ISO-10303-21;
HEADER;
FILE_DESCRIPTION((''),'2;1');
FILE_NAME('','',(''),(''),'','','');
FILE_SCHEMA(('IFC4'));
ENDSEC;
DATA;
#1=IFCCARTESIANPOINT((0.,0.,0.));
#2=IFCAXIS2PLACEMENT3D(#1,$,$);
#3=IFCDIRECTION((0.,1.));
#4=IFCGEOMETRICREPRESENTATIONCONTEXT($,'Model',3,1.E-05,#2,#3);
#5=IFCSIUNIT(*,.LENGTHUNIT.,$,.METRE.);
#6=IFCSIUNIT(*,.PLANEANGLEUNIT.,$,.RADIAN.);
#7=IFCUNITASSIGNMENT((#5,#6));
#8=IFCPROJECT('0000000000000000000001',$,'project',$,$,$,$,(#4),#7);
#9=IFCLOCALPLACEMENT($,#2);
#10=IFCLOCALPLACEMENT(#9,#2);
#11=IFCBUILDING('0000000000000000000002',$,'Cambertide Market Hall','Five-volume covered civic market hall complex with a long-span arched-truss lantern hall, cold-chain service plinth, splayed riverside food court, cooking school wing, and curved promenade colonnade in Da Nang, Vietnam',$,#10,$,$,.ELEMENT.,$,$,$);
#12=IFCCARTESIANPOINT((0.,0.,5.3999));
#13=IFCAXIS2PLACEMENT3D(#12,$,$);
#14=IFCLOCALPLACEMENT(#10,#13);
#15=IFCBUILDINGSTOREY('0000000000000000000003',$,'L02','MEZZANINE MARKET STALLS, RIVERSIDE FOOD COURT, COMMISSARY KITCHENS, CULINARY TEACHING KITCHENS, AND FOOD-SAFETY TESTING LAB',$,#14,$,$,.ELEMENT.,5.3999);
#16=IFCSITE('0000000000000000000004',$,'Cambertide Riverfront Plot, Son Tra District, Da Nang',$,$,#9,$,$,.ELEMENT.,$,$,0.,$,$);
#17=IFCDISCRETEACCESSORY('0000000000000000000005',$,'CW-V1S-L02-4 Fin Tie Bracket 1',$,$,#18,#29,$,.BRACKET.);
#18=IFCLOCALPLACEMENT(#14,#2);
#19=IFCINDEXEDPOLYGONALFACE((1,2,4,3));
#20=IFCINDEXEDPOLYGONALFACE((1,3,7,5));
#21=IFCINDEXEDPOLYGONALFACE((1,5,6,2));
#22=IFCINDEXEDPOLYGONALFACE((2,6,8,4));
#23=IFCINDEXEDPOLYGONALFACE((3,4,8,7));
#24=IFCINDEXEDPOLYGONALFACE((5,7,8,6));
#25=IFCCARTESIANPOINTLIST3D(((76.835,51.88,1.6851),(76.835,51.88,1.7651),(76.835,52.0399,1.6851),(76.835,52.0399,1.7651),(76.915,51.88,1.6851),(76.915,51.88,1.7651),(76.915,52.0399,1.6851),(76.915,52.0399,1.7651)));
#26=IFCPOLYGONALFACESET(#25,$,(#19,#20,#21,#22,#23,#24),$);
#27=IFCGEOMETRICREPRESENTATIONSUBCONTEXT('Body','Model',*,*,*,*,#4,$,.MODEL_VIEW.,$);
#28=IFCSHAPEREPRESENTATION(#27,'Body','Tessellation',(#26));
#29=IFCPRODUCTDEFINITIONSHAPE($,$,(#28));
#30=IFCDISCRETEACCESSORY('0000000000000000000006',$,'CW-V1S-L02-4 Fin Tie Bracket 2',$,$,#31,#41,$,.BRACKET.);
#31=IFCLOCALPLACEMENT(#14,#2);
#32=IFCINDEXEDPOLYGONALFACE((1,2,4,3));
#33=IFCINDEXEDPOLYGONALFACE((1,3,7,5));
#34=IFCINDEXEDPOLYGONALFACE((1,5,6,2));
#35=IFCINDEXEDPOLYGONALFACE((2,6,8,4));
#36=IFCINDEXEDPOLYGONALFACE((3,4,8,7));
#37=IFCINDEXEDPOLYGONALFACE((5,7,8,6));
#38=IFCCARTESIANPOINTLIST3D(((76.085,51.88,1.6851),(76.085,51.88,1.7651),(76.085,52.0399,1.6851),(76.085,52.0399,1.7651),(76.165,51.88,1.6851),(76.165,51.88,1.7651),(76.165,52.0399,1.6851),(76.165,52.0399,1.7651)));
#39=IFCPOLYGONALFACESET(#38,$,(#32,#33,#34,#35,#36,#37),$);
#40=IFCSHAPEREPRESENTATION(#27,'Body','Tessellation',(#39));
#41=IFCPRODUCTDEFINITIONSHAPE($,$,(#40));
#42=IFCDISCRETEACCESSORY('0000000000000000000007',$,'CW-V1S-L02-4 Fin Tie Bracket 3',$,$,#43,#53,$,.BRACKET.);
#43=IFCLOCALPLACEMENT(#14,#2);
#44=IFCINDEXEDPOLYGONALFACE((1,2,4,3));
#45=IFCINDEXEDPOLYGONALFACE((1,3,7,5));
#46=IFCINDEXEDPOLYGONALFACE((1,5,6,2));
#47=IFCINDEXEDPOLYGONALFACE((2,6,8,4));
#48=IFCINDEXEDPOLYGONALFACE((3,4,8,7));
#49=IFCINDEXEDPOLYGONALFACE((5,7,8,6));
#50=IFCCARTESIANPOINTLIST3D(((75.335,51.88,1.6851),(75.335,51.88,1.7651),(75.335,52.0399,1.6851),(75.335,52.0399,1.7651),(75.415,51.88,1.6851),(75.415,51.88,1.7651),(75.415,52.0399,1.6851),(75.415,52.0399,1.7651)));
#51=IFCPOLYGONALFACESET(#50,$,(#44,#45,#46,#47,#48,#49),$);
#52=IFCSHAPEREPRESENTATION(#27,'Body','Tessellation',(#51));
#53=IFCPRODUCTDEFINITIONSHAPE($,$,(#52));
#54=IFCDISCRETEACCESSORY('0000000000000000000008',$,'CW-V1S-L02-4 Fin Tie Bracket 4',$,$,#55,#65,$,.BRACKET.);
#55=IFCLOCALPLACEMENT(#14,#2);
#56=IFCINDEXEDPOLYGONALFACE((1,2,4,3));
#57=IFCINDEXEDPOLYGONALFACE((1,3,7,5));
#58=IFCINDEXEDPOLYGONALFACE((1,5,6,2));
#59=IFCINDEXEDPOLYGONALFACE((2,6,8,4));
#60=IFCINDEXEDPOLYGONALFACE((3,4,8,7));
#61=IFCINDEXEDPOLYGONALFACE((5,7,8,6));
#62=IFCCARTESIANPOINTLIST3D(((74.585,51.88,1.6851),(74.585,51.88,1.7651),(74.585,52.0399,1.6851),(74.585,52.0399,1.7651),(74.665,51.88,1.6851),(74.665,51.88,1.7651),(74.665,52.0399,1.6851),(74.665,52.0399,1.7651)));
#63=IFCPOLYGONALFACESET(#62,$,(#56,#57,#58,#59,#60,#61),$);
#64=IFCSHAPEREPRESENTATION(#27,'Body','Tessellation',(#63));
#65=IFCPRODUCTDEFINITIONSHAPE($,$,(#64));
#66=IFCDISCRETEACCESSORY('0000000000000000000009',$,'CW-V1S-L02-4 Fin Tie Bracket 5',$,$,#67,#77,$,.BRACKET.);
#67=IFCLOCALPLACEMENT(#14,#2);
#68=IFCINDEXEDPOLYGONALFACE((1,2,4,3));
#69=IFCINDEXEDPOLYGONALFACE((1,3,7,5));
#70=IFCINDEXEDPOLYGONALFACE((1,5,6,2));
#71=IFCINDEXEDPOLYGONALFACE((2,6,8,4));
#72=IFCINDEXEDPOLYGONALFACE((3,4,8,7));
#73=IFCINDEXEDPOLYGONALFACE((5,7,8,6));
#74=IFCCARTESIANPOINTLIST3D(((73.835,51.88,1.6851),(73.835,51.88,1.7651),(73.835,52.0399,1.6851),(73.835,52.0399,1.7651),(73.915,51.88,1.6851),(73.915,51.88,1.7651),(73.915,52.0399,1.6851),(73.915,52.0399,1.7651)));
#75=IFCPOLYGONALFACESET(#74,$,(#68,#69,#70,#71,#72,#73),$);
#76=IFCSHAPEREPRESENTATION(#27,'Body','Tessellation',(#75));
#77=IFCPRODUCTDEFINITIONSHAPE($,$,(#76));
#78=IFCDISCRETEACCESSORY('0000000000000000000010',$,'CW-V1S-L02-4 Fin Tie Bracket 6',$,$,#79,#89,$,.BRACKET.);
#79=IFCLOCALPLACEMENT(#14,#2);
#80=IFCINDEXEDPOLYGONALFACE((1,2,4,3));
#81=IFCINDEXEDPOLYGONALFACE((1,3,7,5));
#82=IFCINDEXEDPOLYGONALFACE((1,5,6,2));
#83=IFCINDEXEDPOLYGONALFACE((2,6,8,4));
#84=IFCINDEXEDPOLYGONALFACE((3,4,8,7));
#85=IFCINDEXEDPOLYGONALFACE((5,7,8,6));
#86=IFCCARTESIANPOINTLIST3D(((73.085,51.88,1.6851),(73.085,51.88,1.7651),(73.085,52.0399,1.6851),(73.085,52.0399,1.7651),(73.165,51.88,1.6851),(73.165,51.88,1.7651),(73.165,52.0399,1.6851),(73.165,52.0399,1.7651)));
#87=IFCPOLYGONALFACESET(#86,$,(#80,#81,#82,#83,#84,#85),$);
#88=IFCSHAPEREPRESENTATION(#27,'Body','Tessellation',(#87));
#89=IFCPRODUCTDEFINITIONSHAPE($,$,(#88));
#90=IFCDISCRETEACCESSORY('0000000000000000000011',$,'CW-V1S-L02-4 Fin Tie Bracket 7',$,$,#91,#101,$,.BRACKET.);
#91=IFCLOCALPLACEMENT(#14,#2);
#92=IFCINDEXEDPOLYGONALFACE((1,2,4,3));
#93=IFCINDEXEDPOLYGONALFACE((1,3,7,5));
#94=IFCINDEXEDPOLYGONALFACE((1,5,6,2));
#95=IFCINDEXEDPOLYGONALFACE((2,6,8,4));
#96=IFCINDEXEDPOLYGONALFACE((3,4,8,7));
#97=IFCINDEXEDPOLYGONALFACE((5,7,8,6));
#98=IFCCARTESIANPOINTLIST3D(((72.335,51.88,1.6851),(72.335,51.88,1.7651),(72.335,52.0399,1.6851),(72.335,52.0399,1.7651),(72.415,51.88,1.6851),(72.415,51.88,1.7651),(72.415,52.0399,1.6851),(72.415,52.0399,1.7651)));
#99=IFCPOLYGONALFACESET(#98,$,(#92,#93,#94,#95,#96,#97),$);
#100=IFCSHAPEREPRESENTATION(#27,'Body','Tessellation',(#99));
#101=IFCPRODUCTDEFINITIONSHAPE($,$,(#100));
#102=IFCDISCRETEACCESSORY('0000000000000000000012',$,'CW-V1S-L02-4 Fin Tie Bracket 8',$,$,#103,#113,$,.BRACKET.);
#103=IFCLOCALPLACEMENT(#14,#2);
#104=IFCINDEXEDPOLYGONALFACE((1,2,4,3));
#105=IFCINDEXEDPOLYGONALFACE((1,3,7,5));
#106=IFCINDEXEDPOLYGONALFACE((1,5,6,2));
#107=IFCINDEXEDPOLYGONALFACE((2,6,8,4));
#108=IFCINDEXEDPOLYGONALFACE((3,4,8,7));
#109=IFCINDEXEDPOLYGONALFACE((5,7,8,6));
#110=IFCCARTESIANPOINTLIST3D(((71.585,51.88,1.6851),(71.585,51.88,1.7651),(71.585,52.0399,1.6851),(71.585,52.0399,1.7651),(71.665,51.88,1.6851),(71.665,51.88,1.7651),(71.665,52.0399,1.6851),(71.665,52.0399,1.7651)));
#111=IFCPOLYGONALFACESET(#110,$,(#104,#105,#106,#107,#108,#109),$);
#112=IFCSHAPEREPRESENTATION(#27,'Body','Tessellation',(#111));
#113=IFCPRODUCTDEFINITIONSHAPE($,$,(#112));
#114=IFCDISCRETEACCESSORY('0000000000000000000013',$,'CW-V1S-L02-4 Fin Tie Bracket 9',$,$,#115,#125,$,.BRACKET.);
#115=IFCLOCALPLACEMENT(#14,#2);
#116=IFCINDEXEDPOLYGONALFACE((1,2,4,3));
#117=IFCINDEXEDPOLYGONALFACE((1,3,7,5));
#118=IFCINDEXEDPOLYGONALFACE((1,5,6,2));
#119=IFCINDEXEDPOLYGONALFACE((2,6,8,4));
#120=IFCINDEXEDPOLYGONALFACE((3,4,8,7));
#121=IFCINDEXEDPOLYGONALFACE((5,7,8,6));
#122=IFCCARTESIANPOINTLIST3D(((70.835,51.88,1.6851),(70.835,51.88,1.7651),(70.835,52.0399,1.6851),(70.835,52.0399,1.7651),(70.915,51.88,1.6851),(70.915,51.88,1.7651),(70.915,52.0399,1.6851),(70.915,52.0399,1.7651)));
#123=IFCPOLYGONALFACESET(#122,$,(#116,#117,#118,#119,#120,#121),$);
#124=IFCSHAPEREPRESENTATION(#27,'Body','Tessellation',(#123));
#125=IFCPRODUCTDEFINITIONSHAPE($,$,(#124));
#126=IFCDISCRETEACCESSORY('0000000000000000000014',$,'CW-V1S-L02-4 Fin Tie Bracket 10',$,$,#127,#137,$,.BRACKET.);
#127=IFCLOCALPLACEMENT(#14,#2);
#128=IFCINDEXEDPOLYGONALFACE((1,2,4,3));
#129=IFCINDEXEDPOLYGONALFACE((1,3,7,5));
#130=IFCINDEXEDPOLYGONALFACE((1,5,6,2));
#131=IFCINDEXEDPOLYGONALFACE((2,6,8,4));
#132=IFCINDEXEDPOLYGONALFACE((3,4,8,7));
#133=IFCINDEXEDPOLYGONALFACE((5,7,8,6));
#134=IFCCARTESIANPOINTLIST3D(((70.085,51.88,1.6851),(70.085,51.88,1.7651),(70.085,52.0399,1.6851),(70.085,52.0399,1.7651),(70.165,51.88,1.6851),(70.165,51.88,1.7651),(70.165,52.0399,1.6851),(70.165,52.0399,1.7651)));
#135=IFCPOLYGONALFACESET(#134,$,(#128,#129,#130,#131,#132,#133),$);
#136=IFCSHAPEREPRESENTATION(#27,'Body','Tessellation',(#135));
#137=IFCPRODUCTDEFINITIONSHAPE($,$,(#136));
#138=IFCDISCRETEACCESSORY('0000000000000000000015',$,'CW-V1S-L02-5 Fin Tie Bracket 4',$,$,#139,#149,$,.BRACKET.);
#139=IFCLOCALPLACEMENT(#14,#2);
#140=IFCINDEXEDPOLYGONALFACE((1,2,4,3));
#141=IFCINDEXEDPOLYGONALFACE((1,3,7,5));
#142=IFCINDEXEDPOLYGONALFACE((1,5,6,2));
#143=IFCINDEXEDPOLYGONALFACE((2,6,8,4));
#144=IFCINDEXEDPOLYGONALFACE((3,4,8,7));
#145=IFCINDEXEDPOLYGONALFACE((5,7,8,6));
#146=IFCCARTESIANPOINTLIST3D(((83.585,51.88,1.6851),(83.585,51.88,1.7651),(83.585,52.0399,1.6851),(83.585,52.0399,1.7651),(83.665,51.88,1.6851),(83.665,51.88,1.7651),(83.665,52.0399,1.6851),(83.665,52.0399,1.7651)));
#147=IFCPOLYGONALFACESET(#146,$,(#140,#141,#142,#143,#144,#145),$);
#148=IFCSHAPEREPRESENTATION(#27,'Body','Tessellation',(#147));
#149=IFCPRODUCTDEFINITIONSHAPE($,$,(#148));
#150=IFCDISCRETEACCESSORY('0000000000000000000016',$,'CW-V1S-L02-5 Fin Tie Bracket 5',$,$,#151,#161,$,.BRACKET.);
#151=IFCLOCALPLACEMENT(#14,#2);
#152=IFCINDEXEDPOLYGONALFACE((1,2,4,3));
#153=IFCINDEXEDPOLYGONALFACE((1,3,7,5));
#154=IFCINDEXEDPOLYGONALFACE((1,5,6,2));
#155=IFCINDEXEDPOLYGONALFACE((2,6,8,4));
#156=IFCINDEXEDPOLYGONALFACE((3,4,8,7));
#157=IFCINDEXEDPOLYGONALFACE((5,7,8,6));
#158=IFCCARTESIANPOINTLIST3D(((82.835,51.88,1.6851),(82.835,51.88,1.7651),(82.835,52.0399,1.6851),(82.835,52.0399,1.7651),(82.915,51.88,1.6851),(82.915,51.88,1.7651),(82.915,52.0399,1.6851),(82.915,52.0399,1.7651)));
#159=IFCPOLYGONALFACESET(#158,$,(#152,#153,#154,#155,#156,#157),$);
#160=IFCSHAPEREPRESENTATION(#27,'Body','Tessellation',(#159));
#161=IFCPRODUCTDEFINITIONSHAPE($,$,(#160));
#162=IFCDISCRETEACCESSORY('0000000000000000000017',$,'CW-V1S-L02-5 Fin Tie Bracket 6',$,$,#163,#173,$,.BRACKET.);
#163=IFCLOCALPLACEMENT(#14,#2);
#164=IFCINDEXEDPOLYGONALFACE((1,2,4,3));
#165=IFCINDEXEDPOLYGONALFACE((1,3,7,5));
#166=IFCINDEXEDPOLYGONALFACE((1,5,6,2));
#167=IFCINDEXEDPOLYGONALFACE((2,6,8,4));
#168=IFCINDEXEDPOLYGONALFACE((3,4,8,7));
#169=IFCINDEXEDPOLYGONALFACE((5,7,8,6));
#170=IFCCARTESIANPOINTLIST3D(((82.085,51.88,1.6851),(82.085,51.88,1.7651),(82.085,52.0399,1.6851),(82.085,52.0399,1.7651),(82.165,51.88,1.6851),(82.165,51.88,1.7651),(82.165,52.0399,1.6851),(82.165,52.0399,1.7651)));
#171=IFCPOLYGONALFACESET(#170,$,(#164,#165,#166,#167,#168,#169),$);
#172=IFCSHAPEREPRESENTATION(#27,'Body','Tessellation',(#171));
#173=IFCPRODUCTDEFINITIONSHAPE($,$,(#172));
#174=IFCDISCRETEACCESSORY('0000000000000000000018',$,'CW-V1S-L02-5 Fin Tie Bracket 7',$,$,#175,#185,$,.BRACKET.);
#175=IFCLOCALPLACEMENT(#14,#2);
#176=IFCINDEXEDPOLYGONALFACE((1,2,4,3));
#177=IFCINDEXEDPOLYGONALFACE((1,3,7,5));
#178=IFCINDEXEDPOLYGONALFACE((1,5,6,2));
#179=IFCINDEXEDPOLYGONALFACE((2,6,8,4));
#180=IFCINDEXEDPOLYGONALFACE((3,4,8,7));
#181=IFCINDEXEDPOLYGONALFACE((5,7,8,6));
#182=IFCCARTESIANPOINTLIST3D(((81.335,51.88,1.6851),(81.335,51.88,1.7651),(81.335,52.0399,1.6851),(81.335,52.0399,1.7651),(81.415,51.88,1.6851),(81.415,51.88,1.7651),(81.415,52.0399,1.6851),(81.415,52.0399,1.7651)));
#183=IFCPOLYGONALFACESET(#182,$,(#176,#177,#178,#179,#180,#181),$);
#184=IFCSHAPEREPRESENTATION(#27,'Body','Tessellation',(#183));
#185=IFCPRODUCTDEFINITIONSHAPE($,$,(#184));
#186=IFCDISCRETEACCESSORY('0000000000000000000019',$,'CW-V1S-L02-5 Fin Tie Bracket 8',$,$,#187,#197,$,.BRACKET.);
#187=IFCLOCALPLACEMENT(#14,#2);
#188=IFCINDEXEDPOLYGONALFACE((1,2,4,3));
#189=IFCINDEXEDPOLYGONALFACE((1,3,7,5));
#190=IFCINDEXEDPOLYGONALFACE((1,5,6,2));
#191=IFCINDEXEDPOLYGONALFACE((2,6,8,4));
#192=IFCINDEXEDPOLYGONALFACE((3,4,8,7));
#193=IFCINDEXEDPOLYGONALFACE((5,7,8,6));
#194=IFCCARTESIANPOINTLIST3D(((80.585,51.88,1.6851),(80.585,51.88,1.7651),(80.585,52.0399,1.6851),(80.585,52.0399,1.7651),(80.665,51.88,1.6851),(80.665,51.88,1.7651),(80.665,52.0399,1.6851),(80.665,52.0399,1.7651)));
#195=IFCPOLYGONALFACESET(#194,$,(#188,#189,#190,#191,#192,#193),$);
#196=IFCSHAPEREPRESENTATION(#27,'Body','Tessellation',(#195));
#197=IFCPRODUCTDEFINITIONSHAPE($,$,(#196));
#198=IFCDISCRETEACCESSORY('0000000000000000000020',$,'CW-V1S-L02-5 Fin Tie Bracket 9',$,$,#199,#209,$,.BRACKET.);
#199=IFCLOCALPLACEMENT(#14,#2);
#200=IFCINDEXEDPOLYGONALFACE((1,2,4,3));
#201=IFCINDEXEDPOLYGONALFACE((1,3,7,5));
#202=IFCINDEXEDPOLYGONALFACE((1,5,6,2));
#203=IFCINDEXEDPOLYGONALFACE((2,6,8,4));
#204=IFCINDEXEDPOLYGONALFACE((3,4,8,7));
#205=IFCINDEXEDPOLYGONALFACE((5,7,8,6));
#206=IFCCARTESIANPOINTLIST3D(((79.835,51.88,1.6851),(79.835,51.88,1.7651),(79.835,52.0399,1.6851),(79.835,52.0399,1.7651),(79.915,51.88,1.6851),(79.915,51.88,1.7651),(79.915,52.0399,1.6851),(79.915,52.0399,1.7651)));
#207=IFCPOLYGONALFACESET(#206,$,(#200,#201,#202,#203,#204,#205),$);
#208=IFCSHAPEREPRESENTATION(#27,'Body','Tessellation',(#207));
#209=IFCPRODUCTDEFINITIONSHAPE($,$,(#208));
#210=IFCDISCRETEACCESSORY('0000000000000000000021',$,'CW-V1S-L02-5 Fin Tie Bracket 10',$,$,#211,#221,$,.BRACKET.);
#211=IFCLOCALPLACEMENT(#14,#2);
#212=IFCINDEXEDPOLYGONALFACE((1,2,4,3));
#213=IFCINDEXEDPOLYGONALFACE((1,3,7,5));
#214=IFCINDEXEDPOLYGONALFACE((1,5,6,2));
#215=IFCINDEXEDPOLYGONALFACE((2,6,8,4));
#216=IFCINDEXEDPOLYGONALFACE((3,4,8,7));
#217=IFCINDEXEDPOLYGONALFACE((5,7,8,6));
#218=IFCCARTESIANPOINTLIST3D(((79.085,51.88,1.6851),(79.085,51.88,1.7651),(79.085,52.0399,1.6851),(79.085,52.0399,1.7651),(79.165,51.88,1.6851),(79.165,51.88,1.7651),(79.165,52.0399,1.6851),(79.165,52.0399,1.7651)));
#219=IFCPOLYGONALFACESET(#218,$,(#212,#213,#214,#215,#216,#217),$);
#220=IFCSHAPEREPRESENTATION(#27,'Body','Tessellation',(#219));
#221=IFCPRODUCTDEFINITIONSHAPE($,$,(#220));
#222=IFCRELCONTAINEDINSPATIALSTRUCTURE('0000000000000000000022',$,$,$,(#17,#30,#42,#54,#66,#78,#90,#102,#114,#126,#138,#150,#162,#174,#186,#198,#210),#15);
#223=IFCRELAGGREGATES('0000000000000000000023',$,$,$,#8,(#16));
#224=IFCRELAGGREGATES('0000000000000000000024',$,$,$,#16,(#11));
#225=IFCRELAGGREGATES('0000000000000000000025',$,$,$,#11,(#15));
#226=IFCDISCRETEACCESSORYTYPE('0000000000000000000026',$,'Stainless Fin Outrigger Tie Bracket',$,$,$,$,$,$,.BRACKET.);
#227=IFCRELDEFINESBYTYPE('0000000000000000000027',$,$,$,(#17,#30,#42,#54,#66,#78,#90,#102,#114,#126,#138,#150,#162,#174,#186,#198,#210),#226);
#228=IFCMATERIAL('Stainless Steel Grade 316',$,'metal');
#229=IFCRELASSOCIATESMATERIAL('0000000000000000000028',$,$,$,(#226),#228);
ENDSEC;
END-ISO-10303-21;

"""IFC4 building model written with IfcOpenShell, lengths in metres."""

from ifc_helpers import new_model, si_unit, direction, frame, origin, origin_2d, place, context, subcontext, project, spatial, rectangle, extrude, material, type_object, element, save


model = new_model("IFC4")

# Units and contexts
model_context = context("Model", 3, precision=1e-05, world=origin(), true_north=direction((0.0, 1.0)))
body_context = subcontext(model_context, "Body", "Model", "MODEL_VIEW")
ifc_project = project(units=[si_unit("LENGTHUNIT", "METRE"), si_unit("PLANEANGLEUNIT", "RADIAN")], contexts=[model_context])

# Site, building, storey
site_placement = place(None, origin())
site = spatial("IfcSite", under=ifc_project, at=site_placement, Name="Cambertide Riverfront Plot, Son Tra District, Da Nang", CompositionType="ELEMENT", RefElevation=0.0)
building_placement = place(site_placement, origin())
building = spatial("IfcBuilding", under=site, at=building_placement, Name="Cambertide Market Hall", Description="Five-volume covered civic market hall complex with a long-span arched-truss lantern hall, cold-chain service plinth, splayed riverside food court, cooking school wing, and curved promenade colonnade in Da Nang, Vietnam", CompositionType="ELEMENT")
storey_placement = place(building_placement, frame((0.0, 0.0, 5.3999)))
storey = spatial("IfcBuildingStorey", under=building, at=storey_placement, Name="L02", Description="MEZZANINE MARKET STALLS, RIVERSIDE FOOD COURT, COMMISSARY KITCHENS, CULINARY TEACHING KITCHENS, AND FOOD-SAFETY TESTING LAB", CompositionType="ELEMENT", Elevation=5.3999)

# Discrete accessories
ifc_material_1 = material(Name="Stainless Steel Grade 316", Category="metal")
discrete_accessory_type = type_object("IfcDiscreteAccessoryType", Name="Stainless Fin Outrigger Tie Bracket", PredefinedType="BRACKET", material=ifc_material_1)
for number, where, z_axis, x_axis, name in (
    (1, (76.875, 51.96, 1.6851), (0.0, 0.0, 1.0), (-1.0, 0.0, 0.0), "CW-V1S-L02-4 Fin Tie Bracket 1"),
    (2, (76.125, 51.96, 1.6851), (0.0, 0.0, 1.0), (-1.0, 0.0, 0.0), "CW-V1S-L02-4 Fin Tie Bracket 2"),
    (3, (75.375, 51.96, 1.6851), (0.0, 0.0, 1.0), (-1.0, 0.0, 0.0), "CW-V1S-L02-4 Fin Tie Bracket 3"),
    (4, (74.625, 51.96, 1.6851), (0.0, 0.0, 1.0), (-1.0, 0.0, 0.0), "CW-V1S-L02-4 Fin Tie Bracket 4"),
    (5, (73.875, 51.96, 1.6851), (0.0, 0.0, 1.0), (-1.0, 0.0, 0.0), "CW-V1S-L02-4 Fin Tie Bracket 5"),
    (6, (73.125, 51.96, 1.6851), (0.0, 0.0, 1.0), (-1.0, 0.0, 0.0), "CW-V1S-L02-4 Fin Tie Bracket 6"),
    (7, (72.375, 51.96, 1.6851), (0.0, 0.0, 1.0), (-1.0, 0.0, 0.0), "CW-V1S-L02-4 Fin Tie Bracket 7"),
    (8, (71.625, 51.96, 1.6851), (0.0, 0.0, 1.0), (-1.0, 0.0, 0.0), "CW-V1S-L02-4 Fin Tie Bracket 8"),
    (9, (70.875, 51.96, 1.6851), (0.0, 0.0, 1.0), (-1.0, 0.0, 0.0), "CW-V1S-L02-4 Fin Tie Bracket 9"),
    (10, (70.125, 51.96, 1.6851), (0.0, 0.0, 1.0), (-1.0, 0.0, 0.0), "CW-V1S-L02-4 Fin Tie Bracket 10"),
    (11, (83.625, 51.96, 1.6851), (0.0, 0.0, 1.0), (-1.0, 0.0, 0.0), "CW-V1S-L02-5 Fin Tie Bracket 4"),
    (12, (82.875, 51.96, 1.6851), (0.0, 0.0, 1.0), (-1.0, 0.0, 0.0), "CW-V1S-L02-5 Fin Tie Bracket 5"),
    (13, (82.125, 51.96, 1.6851), (0.0, 0.0, 1.0), (-1.0, 0.0, 0.0), "CW-V1S-L02-5 Fin Tie Bracket 6"),
    (14, (81.375, 51.96, 1.6851), (0.0, 0.0, 1.0), (-1.0, 0.0, 0.0), "CW-V1S-L02-5 Fin Tie Bracket 7"),
    (15, (80.625, 51.96, 1.6851), (0.0, 0.0, 1.0), (-1.0, 0.0, 0.0), "CW-V1S-L02-5 Fin Tie Bracket 8"),
    (16, (79.875, 51.96, 1.6851), (0.0, 0.0, 1.0), (-1.0, 0.0, 0.0), "CW-V1S-L02-5 Fin Tie Bracket 9"),
    (17, (79.125, 51.96, 1.6851), (0.0, 0.0, 1.0), (-1.0, 0.0, 0.0), "CW-V1S-L02-5 Fin Tie Bracket 10"),
):
    element("IfcDiscreteAccessory", number, at=place(storey_placement, frame(where, z_axis=z_axis, x_axis=x_axis)), inside=storey, type_object=discrete_accessory_type, Name=name, PredefinedType="BRACKET", context=body_context, shape_type="SweptSolid", body=[
        extrude(rectangle(XDim=0.0801, YDim=0.1599, at=origin_2d()), origin(), (0.0, 0.0, 1.0), 0.0801),
    ])

save(model, "model.ifc")
